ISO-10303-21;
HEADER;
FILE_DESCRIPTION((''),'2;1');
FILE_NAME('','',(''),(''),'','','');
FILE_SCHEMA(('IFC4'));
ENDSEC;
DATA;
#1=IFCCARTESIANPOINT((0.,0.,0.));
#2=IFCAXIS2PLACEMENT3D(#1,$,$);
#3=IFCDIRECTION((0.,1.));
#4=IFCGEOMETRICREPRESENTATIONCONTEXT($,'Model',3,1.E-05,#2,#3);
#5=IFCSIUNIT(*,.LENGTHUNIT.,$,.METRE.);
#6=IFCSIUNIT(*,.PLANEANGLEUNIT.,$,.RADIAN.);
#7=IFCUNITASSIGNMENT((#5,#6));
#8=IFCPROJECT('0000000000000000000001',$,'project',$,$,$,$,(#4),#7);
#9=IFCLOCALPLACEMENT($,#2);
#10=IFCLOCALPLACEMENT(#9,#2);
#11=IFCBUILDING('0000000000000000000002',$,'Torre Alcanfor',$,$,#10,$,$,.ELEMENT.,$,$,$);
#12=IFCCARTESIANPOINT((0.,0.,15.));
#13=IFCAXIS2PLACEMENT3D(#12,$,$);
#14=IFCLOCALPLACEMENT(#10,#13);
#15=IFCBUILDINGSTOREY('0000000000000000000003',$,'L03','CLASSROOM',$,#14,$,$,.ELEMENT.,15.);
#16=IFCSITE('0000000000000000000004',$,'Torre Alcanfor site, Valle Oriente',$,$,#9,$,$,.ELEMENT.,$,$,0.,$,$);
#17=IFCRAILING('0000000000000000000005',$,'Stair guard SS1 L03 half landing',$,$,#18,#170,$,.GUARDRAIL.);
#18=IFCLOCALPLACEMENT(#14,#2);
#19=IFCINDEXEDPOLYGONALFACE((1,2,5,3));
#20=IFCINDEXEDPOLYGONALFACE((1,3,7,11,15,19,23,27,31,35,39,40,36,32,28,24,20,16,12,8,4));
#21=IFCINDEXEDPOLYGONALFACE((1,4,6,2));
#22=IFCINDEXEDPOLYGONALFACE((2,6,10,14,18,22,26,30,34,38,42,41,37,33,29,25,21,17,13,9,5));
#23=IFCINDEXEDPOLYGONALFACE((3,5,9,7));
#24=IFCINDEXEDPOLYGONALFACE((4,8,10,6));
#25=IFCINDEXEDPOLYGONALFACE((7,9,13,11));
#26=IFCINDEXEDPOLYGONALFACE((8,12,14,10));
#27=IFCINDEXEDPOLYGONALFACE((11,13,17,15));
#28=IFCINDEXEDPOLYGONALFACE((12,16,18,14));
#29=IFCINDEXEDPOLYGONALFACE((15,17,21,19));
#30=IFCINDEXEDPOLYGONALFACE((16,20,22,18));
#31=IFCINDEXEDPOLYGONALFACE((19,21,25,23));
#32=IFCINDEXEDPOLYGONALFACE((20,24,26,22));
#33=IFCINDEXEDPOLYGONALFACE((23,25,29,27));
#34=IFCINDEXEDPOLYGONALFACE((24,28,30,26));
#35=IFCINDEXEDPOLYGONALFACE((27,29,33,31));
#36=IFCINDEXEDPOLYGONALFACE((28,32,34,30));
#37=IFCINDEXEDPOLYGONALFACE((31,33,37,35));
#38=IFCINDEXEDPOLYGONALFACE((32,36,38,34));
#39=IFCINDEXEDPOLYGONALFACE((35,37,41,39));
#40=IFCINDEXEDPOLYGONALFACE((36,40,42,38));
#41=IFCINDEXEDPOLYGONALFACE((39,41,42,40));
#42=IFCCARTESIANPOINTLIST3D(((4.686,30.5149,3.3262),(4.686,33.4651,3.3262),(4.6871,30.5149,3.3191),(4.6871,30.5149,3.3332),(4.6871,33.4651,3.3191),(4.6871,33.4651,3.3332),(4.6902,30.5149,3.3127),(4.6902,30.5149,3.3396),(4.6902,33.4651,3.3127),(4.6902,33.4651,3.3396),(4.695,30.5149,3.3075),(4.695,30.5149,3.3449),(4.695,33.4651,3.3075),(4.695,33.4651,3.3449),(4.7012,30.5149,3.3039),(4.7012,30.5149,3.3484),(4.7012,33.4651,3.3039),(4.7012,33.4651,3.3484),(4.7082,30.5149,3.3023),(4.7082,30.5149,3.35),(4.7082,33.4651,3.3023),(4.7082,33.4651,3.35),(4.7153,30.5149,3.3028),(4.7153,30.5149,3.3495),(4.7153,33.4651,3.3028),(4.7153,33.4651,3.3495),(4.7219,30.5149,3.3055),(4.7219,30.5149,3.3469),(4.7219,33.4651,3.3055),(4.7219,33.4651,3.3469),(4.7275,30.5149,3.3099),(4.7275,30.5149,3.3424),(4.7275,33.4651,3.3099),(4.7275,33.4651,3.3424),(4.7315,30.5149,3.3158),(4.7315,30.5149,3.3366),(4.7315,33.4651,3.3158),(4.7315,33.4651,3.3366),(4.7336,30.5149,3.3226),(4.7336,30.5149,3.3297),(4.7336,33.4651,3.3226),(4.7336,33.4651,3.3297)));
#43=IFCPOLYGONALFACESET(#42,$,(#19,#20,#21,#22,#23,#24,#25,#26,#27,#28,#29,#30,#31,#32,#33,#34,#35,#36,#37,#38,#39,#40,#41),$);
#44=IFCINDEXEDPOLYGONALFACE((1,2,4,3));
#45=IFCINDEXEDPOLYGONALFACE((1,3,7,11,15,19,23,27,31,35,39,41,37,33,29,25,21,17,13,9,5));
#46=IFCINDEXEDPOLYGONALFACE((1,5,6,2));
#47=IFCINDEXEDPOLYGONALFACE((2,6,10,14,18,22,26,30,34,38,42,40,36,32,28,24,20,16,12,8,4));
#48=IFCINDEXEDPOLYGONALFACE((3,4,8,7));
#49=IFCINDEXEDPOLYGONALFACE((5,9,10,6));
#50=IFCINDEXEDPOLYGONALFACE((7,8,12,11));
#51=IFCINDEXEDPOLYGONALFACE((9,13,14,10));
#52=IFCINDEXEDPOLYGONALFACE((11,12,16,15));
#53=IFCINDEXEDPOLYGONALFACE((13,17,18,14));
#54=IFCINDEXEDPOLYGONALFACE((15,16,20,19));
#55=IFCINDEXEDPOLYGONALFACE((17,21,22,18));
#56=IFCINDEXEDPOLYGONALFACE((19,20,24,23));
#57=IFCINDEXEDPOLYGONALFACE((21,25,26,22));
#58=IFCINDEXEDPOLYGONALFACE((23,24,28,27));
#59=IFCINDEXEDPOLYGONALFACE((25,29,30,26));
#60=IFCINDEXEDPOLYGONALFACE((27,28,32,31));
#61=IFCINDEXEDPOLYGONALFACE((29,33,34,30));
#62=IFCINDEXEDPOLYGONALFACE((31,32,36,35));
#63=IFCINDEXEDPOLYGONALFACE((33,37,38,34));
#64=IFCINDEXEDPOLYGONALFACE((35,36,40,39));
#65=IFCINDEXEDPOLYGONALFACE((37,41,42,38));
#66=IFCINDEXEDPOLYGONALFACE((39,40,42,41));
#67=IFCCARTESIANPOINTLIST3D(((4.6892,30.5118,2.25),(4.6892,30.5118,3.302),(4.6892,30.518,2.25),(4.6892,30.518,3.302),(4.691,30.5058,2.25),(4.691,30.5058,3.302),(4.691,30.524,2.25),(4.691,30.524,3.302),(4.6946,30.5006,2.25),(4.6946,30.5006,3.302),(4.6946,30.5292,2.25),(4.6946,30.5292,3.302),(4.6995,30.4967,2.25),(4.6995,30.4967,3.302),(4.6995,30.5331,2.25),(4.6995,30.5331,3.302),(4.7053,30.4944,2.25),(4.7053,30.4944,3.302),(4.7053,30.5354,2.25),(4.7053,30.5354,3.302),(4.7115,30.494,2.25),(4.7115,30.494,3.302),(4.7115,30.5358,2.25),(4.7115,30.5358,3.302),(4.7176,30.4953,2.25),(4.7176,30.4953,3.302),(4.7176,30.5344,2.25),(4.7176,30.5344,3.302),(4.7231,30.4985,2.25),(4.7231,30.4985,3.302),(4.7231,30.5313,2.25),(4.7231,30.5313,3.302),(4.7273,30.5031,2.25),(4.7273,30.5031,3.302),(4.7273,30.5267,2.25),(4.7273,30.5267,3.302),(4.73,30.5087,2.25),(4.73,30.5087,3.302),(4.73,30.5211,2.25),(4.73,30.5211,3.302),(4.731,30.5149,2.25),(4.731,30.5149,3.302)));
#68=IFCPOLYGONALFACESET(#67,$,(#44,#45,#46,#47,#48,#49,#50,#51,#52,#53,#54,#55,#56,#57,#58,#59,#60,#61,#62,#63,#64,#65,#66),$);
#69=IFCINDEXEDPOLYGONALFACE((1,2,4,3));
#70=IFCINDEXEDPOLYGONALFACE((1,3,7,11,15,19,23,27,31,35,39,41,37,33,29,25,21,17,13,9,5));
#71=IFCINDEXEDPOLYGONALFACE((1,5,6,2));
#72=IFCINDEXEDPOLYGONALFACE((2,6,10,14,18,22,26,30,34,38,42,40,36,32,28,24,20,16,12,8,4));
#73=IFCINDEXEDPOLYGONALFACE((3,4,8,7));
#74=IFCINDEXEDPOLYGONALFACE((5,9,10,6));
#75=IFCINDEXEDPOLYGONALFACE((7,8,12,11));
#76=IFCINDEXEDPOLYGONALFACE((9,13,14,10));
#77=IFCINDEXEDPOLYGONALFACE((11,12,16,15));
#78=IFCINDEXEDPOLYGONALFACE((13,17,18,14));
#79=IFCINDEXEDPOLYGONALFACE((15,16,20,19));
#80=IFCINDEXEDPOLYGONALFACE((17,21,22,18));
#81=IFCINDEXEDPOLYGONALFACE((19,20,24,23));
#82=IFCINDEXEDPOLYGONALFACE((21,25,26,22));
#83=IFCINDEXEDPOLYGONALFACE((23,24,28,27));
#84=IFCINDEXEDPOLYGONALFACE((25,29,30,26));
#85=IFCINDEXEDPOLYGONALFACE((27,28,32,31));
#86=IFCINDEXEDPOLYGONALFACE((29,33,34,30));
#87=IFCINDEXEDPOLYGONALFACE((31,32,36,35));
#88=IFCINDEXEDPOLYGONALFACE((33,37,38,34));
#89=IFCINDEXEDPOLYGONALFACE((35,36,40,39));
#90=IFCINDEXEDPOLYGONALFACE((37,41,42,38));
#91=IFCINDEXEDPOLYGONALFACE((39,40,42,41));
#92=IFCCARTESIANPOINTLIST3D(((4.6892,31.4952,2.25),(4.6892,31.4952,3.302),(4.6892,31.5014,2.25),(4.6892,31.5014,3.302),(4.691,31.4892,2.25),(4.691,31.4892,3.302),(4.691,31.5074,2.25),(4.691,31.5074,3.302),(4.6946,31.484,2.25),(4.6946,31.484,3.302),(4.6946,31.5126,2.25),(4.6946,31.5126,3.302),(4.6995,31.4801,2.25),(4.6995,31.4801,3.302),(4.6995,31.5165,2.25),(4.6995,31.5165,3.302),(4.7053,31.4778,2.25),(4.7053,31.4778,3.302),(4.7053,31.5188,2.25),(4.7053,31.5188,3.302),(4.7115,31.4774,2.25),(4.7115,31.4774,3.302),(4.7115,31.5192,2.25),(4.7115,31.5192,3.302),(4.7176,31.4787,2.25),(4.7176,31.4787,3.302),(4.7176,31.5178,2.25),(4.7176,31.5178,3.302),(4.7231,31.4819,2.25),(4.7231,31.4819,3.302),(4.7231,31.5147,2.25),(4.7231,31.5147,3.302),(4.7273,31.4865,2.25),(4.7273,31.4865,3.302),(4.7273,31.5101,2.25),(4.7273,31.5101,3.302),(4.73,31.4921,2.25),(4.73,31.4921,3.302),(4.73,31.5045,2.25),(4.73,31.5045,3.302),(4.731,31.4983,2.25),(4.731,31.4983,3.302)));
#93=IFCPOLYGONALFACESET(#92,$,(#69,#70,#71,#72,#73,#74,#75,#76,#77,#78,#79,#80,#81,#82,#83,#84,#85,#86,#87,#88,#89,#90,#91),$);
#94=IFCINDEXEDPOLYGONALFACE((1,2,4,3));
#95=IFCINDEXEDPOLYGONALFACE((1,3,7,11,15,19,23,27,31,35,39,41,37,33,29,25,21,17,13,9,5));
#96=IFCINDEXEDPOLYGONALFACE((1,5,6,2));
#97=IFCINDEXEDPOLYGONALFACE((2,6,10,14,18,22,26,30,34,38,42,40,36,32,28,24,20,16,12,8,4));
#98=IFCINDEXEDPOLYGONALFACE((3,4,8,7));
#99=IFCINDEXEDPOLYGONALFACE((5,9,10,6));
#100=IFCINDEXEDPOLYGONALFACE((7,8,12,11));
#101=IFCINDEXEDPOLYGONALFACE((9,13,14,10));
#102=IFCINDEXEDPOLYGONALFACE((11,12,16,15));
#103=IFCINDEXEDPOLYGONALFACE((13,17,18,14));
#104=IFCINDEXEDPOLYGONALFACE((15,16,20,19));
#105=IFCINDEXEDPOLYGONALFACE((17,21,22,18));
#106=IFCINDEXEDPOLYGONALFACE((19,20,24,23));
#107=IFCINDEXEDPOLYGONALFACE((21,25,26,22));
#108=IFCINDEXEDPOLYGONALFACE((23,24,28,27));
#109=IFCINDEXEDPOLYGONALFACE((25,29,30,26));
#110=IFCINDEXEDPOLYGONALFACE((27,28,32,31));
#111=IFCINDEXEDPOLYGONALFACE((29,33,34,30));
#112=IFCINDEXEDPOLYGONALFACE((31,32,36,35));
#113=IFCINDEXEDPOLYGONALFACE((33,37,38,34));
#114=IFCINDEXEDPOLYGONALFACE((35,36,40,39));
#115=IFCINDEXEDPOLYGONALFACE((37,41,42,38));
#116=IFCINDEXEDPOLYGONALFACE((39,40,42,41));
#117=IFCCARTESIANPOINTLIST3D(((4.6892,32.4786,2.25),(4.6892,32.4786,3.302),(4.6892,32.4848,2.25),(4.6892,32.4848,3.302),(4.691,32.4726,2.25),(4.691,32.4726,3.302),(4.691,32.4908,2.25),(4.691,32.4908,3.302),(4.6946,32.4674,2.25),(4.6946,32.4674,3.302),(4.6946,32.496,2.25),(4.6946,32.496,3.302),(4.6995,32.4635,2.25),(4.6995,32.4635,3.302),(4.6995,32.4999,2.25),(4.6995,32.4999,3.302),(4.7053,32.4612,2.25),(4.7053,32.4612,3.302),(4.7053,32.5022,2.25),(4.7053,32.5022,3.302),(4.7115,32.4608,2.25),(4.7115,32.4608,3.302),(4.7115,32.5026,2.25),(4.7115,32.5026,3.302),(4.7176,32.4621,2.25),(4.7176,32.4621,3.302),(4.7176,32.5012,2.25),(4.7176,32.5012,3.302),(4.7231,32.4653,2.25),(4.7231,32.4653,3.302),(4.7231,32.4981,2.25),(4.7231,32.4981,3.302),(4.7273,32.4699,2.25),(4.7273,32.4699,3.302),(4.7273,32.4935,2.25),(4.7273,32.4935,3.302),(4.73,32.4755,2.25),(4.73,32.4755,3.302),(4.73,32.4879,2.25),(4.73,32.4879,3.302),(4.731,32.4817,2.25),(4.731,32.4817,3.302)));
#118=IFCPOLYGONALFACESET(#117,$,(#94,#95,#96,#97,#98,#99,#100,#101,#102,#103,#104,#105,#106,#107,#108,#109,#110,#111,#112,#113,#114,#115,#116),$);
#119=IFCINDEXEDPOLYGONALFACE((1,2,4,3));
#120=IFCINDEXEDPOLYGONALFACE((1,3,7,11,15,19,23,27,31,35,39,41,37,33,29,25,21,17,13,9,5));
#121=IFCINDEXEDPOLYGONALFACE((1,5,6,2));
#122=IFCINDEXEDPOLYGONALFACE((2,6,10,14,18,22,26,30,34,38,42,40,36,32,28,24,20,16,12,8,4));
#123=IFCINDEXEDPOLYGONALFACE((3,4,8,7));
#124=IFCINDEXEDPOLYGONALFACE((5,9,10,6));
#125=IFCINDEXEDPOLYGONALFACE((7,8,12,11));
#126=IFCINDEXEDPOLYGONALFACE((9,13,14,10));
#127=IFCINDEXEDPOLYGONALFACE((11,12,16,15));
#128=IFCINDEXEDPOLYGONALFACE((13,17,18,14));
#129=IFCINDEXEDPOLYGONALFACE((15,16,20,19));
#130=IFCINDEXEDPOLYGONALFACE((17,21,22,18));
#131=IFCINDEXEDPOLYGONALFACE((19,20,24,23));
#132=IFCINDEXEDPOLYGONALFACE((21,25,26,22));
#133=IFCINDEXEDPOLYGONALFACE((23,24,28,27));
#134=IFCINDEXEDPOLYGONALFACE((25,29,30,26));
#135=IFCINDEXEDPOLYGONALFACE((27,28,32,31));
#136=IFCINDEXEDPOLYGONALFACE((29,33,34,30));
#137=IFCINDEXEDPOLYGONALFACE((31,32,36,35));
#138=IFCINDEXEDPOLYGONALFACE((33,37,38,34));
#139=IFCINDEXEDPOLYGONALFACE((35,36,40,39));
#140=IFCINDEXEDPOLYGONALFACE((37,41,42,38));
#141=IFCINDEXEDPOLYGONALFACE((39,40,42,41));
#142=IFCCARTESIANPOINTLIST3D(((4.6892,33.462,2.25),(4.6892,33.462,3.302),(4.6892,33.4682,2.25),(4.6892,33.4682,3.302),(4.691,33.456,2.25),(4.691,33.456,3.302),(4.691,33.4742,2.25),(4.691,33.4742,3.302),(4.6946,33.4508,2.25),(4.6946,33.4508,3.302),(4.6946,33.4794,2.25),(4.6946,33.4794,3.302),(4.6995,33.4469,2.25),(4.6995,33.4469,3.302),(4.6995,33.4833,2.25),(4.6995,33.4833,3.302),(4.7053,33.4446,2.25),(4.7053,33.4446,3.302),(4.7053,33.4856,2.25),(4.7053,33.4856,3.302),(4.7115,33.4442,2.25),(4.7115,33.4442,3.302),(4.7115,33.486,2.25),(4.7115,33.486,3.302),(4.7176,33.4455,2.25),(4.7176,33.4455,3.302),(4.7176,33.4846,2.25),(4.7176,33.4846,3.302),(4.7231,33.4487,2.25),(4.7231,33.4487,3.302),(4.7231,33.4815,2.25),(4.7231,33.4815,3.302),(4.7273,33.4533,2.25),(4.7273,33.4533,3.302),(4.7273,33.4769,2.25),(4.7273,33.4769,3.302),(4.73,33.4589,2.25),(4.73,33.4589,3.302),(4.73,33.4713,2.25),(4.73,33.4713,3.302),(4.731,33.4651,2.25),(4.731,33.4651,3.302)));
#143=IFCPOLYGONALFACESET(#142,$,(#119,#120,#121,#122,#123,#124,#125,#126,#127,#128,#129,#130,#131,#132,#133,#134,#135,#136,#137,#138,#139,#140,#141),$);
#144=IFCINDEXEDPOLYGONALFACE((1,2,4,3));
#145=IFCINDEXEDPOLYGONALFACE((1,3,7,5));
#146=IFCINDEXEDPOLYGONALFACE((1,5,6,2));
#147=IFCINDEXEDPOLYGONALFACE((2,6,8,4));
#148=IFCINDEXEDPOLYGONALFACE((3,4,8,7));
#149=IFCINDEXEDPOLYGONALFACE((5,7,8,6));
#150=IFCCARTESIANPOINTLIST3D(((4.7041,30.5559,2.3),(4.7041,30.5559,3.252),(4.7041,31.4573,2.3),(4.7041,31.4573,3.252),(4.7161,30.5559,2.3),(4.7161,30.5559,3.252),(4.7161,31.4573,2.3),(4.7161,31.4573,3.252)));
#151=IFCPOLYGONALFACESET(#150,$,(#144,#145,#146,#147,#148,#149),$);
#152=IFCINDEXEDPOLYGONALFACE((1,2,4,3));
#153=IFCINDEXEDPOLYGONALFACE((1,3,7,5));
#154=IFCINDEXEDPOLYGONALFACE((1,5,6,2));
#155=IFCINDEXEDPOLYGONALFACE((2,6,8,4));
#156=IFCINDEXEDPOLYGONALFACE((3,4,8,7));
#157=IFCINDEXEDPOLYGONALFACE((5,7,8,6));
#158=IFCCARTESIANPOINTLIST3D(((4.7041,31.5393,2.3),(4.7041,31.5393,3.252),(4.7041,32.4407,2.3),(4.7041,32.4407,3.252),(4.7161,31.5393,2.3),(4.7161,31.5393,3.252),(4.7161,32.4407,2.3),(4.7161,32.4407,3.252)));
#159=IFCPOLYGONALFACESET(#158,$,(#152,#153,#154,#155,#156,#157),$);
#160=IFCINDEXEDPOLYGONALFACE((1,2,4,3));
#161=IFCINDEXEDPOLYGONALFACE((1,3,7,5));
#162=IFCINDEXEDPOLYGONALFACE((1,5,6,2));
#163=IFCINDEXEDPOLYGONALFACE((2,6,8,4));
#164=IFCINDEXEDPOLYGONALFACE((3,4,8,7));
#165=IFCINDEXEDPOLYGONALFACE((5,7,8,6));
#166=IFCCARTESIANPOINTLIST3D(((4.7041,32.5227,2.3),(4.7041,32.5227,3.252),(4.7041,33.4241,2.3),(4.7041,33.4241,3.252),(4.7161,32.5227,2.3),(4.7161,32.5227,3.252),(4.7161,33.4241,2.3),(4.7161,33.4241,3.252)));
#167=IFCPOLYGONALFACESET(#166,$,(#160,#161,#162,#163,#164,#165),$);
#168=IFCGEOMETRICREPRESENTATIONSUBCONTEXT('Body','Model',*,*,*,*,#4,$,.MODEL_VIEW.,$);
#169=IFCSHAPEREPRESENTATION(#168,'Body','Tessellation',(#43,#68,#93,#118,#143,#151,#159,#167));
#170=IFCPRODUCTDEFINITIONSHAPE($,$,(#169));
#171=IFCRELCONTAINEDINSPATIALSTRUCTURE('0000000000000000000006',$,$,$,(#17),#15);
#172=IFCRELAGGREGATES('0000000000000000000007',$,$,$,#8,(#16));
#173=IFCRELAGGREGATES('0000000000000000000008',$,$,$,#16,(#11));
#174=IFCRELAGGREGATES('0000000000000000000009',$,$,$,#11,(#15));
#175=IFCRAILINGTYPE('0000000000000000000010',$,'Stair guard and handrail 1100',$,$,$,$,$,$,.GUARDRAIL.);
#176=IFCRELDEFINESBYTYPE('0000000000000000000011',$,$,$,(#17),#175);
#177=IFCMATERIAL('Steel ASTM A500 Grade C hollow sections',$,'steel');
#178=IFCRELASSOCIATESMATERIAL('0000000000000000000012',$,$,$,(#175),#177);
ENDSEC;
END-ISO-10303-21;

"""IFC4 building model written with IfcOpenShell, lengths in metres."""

from ifc_helpers import new_model, si_unit, direction, frame, origin, origin_2d, place, context, subcontext, project, spatial, polyline, circle, outline, extrude, material, type_object, element, save


model = new_model("IFC4")

# Units and contexts
model_context = context("Model", 3, precision=1e-05, world=origin(), true_north=direction((0.0, 1.0)))
body_context = subcontext(model_context, "Body", "Model", "MODEL_VIEW")
ifc_project = project(units=[si_unit("LENGTHUNIT", "METRE"), si_unit("PLANEANGLEUNIT", "RADIAN")], contexts=[model_context])

# Site, building, storey
site_placement = place(None, origin())
site = spatial("IfcSite", under=ifc_project, at=site_placement, Name="Torre Alcanfor site, Valle Oriente", CompositionType="ELEMENT", RefElevation=0.0)
building_placement = place(site_placement, origin())
building = spatial("IfcBuilding", under=site, at=building_placement, Name="Torre Alcanfor", CompositionType="ELEMENT")
storey_placement = place(building_placement, frame((0.0, 0.0, 15.0)))
storey = spatial("IfcBuildingStorey", under=building, at=storey_placement, Name="L03", Description="CLASSROOM", CompositionType="ELEMENT", Elevation=15.0)

# Railing
ifc_material_1 = material(Name="Steel ASTM A500 Grade C hollow sections", Category="steel")
railing_type = type_object("IfcRailingType", Name="Stair guard and handrail 1100", PredefinedType="GUARDRAIL", material=ifc_material_1)
railing_1_placement = place(storey_placement, frame((4.71, 30.5149, 2.25)))
element("IfcRailing", 1, at=railing_1_placement, inside=storey, type_object=railing_type, Name="Stair guard SS1 L03 half landing", PredefinedType="GUARDRAIL", context=body_context, shape_type="SweptSolid", body=[
    extrude(circle(Radius=0.0239, at=origin_2d()), frame((0.0, 0.0, 1.0762), z_axis=(0.0, 1.0, 0.0), x_axis=(-1.0, 0.0, 0.0)), (0.0, 0.0, 1.0), 2.9502),
    extrude(circle(Radius=0.021, at=origin_2d()), origin(), (0.0, 0.0, 1.0), 1.052),
    extrude(circle(Radius=0.021, at=origin_2d()), frame((0.0, 0.9834, 0.0)), (0.0, 0.0, 1.0), 1.052),
    extrude(circle(Radius=0.021, at=origin_2d()), frame((0.0, 1.9668, 0.0)), (0.0, 0.0, 1.0), 1.052),
    extrude(circle(Radius=0.021, at=origin_2d()), frame((0.0, 2.9502, 0.0)), (0.0, 0.0, 1.0), 1.052),
    extrude(outline(polyline([(0.041, 0.05), (0.9424, 0.05), (0.9424, 1.002), (0.041, 1.002), (0.041, 0.05)])), frame((-0.0059, 0.0, 0.0), z_axis=(1.0, 0.0, 0.0), x_axis=(0.0, 1.0, 0.0)), (0.0, 0.0, 1.0), 0.012),
    extrude(outline(polyline([(1.0244, 0.05), (1.9258, 0.05), (1.9258, 1.002), (1.0244, 1.002), (1.0244, 0.05)])), frame((-0.0059, 0.0, 0.0), z_axis=(1.0, 0.0, 0.0), x_axis=(0.0, 1.0, 0.0)), (0.0, 0.0, 1.0), 0.012),
    extrude(outline(polyline([(2.0078, 0.05), (2.9092, 0.05), (2.9092, 1.002), (2.0078, 1.002), (2.0078, 0.05)])), frame((-0.0059, 0.0, 0.0), z_axis=(1.0, 0.0, 0.0), x_axis=(0.0, 1.0, 0.0)), (0.0, 0.0, 1.0), 0.012),
])

save(model, "model.ifc")
